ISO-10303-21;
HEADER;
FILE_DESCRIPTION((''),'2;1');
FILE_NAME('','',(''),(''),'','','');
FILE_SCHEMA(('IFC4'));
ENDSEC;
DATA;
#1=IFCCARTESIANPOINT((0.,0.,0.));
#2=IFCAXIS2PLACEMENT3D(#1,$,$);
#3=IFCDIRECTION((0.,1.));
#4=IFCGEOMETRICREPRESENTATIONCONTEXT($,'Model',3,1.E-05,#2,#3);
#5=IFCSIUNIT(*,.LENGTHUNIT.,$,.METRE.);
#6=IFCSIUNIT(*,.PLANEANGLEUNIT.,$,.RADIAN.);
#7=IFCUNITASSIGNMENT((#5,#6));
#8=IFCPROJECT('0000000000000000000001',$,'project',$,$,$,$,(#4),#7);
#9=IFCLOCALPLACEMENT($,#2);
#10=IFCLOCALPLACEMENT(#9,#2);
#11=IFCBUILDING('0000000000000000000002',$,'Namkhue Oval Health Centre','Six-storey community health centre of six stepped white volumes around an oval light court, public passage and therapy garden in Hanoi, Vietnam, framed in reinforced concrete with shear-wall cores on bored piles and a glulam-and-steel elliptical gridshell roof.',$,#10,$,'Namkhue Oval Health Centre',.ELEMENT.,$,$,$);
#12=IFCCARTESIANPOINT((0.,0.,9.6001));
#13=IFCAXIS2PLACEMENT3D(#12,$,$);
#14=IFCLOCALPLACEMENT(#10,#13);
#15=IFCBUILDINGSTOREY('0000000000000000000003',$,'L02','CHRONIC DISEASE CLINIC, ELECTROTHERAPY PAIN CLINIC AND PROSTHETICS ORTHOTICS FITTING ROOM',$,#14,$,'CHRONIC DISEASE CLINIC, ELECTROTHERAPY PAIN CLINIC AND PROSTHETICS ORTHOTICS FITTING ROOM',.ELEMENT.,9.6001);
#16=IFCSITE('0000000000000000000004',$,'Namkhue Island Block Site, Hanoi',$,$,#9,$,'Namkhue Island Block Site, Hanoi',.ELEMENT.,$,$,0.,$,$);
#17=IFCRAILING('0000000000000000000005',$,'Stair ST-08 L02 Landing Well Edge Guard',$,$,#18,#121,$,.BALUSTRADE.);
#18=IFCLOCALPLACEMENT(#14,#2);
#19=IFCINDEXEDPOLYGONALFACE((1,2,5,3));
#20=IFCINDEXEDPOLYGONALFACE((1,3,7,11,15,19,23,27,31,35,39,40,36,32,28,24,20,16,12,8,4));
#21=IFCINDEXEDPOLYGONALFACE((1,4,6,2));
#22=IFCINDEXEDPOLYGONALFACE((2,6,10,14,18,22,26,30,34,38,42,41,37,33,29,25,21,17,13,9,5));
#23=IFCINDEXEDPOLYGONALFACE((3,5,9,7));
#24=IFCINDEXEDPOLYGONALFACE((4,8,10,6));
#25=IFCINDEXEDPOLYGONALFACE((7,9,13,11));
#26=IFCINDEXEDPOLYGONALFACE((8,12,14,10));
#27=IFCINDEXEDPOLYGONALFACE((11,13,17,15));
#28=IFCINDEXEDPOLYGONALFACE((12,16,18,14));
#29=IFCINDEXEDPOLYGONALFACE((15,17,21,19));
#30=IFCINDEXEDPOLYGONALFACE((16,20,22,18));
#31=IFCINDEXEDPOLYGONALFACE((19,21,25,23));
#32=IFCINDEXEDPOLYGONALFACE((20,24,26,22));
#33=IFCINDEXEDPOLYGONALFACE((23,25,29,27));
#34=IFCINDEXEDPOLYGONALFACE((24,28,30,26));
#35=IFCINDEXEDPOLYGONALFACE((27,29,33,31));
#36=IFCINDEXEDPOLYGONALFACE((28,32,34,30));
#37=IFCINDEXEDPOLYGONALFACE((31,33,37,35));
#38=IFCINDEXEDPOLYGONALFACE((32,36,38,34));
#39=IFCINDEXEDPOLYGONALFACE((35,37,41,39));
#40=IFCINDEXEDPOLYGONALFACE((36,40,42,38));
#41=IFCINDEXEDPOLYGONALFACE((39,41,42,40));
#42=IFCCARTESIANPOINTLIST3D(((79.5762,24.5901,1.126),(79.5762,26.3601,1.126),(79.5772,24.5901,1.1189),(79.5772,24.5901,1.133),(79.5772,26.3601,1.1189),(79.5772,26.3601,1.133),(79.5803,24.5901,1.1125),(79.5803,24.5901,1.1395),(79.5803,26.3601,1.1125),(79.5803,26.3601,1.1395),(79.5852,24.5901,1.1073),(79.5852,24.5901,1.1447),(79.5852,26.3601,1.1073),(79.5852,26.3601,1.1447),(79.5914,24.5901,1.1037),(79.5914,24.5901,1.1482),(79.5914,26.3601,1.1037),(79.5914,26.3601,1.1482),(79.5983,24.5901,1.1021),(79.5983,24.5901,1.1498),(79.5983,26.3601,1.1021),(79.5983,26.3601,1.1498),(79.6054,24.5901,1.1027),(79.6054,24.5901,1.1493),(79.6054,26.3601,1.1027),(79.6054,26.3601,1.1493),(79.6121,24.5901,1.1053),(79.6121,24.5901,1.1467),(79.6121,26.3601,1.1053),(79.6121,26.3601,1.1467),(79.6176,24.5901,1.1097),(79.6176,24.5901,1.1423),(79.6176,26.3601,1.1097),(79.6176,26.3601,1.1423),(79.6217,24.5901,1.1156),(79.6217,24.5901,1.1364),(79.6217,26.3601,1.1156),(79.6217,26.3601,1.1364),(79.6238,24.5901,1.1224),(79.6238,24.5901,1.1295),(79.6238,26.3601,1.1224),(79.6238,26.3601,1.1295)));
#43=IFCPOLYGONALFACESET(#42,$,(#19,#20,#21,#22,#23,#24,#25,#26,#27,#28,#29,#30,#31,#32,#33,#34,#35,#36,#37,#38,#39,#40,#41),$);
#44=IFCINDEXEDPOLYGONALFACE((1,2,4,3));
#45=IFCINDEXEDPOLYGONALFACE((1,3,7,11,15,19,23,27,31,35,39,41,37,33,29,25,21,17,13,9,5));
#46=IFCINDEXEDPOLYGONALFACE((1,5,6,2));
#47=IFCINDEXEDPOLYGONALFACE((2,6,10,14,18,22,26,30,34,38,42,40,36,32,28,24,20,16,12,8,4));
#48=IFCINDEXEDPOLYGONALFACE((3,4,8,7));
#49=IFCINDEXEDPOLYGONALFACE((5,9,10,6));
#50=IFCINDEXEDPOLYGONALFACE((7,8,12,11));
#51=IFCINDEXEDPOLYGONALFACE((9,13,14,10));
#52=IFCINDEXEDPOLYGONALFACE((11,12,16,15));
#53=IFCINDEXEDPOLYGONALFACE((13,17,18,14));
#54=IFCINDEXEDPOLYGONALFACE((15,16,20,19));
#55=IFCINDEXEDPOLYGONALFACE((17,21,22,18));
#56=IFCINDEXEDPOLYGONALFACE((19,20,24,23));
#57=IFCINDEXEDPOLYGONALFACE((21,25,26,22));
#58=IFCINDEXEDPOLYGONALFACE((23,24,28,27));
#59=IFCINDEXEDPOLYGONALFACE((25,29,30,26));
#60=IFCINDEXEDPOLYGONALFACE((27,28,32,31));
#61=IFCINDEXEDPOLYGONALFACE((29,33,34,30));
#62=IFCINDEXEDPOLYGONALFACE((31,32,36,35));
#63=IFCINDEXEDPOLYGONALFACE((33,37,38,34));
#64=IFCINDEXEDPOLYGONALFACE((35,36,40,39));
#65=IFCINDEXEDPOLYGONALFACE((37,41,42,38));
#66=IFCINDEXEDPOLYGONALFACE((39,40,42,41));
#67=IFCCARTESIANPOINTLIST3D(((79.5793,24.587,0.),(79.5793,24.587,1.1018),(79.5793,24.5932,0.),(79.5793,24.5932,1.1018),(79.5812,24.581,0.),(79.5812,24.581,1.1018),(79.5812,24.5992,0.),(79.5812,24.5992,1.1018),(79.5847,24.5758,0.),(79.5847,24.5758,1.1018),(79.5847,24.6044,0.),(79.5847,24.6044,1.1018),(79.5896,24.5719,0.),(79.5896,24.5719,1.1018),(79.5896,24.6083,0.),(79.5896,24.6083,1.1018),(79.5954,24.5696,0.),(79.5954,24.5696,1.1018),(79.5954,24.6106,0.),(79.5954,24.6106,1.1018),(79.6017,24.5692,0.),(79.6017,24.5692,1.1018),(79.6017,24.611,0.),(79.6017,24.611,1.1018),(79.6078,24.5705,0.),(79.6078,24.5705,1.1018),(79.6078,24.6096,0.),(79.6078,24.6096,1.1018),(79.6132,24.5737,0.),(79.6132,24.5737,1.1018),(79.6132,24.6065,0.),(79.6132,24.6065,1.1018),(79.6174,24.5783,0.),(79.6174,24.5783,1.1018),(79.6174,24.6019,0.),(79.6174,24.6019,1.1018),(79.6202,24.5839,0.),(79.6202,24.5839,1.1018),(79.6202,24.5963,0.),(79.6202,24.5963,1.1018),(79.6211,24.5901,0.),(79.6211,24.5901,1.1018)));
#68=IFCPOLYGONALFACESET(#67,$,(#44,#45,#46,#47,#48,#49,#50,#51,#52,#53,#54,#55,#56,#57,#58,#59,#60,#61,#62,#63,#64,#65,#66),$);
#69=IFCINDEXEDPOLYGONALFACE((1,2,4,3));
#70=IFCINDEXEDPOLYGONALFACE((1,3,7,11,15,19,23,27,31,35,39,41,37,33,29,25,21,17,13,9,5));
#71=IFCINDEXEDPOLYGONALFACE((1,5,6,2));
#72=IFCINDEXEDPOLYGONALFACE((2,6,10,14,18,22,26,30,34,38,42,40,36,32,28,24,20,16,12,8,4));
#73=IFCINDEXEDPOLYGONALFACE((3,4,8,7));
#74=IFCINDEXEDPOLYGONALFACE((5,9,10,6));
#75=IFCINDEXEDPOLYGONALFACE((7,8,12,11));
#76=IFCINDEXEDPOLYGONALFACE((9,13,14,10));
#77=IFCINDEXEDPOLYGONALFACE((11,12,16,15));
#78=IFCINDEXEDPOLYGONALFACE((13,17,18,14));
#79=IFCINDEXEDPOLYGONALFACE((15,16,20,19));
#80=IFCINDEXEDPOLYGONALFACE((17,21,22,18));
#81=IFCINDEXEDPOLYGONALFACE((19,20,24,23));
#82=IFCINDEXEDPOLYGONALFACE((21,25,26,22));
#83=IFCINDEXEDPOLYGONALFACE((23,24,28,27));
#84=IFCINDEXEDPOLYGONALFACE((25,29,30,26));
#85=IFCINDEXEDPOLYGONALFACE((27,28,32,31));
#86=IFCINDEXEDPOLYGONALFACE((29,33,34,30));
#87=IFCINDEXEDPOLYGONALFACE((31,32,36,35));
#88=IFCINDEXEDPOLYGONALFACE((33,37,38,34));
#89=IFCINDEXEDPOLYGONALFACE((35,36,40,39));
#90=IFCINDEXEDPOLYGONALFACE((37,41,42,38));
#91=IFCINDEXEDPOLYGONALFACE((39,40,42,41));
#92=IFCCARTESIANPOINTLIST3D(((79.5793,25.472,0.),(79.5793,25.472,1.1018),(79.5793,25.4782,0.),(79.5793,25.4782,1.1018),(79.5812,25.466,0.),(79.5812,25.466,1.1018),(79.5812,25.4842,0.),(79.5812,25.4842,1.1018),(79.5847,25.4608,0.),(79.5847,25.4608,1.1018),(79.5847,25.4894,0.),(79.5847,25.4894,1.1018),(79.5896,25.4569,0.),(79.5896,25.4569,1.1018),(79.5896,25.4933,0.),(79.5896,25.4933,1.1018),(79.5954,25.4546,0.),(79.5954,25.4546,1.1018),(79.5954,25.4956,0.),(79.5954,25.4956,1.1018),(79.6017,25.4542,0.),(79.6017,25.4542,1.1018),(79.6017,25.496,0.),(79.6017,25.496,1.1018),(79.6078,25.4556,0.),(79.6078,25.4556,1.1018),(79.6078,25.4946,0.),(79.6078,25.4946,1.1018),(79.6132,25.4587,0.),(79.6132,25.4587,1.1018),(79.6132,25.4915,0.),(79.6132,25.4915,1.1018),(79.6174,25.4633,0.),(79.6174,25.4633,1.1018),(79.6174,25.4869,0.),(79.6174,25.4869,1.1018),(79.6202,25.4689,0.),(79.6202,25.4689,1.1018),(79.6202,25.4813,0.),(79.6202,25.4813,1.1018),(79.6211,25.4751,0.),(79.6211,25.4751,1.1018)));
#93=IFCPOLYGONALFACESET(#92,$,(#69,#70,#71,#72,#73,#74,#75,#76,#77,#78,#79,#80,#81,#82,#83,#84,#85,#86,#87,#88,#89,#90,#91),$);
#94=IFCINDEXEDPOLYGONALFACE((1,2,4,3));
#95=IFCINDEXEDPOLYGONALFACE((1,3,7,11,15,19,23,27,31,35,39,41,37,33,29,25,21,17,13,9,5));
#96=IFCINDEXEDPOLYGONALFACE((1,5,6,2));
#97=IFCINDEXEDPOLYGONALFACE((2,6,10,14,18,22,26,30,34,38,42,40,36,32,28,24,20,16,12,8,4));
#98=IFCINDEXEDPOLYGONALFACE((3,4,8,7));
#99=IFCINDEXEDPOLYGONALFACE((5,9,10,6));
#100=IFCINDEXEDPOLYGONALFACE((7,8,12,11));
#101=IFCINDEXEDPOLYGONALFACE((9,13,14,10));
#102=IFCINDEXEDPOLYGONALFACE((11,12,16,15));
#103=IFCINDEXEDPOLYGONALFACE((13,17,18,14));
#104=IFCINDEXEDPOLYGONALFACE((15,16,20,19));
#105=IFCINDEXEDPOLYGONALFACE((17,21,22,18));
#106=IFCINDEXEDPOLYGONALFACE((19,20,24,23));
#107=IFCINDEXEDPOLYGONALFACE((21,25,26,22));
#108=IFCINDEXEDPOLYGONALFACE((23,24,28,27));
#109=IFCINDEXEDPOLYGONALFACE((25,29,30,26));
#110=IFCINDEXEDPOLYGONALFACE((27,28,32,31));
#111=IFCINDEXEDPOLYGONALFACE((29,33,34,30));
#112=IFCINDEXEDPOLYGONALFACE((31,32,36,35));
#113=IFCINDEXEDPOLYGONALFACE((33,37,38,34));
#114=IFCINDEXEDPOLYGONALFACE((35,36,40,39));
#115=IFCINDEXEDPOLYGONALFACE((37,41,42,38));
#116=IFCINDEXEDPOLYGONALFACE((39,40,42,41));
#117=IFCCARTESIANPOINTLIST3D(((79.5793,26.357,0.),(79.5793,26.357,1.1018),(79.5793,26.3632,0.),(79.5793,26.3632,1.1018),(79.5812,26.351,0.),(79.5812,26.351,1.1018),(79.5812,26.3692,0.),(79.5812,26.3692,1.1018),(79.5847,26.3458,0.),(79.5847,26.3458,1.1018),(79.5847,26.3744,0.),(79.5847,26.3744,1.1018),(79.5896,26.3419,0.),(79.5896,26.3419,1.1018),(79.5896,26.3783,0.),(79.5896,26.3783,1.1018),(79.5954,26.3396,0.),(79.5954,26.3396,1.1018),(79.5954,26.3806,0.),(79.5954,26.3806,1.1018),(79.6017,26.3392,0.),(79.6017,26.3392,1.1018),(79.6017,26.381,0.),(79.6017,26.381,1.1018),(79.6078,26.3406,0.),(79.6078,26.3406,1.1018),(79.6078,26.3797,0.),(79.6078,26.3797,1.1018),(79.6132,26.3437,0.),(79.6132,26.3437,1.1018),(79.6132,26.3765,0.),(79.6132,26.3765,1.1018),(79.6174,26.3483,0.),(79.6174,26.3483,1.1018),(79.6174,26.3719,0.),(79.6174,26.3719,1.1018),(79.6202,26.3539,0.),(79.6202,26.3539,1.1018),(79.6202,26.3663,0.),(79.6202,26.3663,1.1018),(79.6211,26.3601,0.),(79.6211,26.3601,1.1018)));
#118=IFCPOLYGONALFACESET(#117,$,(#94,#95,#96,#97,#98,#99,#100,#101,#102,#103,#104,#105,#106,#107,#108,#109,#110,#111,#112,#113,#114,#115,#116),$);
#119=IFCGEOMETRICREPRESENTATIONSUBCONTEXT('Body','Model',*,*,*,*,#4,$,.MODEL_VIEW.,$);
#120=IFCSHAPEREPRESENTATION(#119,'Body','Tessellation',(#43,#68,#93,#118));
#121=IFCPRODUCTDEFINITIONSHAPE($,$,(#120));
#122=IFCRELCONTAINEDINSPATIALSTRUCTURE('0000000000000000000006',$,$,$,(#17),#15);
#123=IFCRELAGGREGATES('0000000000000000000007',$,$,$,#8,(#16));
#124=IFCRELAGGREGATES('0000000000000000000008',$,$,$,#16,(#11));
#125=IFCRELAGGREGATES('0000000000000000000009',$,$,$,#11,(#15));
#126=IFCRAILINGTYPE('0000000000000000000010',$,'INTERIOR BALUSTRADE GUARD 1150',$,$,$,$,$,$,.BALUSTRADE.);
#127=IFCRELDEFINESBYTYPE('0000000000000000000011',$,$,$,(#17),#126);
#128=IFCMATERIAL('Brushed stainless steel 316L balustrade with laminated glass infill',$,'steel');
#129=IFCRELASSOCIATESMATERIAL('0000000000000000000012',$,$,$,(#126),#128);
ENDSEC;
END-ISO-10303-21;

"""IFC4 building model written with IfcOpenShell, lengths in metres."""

from ifc_helpers import new_model, si_unit, direction, frame, origin, origin_2d, place, context, subcontext, project, spatial, circle, extrude, material, type_object, element, save


model = new_model("IFC4")

# Units and contexts
model_context = context("Model", 3, precision=1e-05, world=origin(), true_north=direction((0.0, 1.0)))
body_context = subcontext(model_context, "Body", "Model", "MODEL_VIEW")
ifc_project = project(units=[si_unit("LENGTHUNIT", "METRE"), si_unit("PLANEANGLEUNIT", "RADIAN")], contexts=[model_context])

# Site, building, storey
site_placement = place(None, origin())
site = spatial("IfcSite", under=ifc_project, at=site_placement, Name="Namkhue Island Block Site, Hanoi", LongName="Namkhue Island Block Site, Hanoi", CompositionType="ELEMENT", RefElevation=0.0)
building_placement = place(site_placement, origin())
building = spatial("IfcBuilding", under=site, at=building_placement, Name="Namkhue Oval Health Centre", Description="Six-storey community health centre of six stepped white volumes around an oval light court, public passage and therapy garden in Hanoi, Vietnam, framed in reinforced concrete with shear-wall cores on bored piles and a glulam-and-steel elliptical gridshell roof.", LongName="Namkhue Oval Health Centre", CompositionType="ELEMENT")
storey_placement = place(building_placement, frame((0.0, 0.0, 9.6001)))
storey = spatial("IfcBuildingStorey", under=building, at=storey_placement, Name="L02", Description="CHRONIC DISEASE CLINIC, ELECTROTHERAPY PAIN CLINIC AND PROSTHETICS ORTHOTICS FITTING ROOM", LongName="CHRONIC DISEASE CLINIC, ELECTROTHERAPY PAIN CLINIC AND PROSTHETICS ORTHOTICS FITTING ROOM", CompositionType="ELEMENT", Elevation=9.6001)

# Railing
ifc_material_1 = material(Name="Brushed stainless steel 316L balustrade with laminated glass infill", Category="steel")
railing_type_1 = type_object("IfcRailingType", Name="INTERIOR BALUSTRADE GUARD 1150", PredefinedType="BALUSTRADE", material=ifc_material_1)
railing_1_placement = place(storey_placement, frame((79.6001, 24.5901, 0.0)))
element("IfcRailing", 1, at=railing_1_placement, inside=storey, type_object=railing_type_1, Name="Stair ST-08 L02 Landing Well Edge Guard", PredefinedType="BALUSTRADE", context=body_context, shape_type="SweptSolid", body=[
    extrude(circle(Radius=0.0239, at=origin_2d()), frame((0.0, 0.0, 1.126), z_axis=(0.0, 1.0, 0.0), x_axis=(-1.0, 0.0, 0.0)), (0.0, 0.0, 1.0), 1.77),
    extrude(circle(Radius=0.021, at=origin_2d()), origin(), (0.0, 0.0, 1.0), 1.1018),
    extrude(circle(Radius=0.021, at=origin_2d()), frame((0.0, 0.885, 0.0)), (0.0, 0.0, 1.0), 1.1018),
    extrude(circle(Radius=0.021, at=origin_2d()), frame((0.0, 1.77, 0.0)), (0.0, 0.0, 1.0), 1.1018),
])

save(model, "model.ifc")
